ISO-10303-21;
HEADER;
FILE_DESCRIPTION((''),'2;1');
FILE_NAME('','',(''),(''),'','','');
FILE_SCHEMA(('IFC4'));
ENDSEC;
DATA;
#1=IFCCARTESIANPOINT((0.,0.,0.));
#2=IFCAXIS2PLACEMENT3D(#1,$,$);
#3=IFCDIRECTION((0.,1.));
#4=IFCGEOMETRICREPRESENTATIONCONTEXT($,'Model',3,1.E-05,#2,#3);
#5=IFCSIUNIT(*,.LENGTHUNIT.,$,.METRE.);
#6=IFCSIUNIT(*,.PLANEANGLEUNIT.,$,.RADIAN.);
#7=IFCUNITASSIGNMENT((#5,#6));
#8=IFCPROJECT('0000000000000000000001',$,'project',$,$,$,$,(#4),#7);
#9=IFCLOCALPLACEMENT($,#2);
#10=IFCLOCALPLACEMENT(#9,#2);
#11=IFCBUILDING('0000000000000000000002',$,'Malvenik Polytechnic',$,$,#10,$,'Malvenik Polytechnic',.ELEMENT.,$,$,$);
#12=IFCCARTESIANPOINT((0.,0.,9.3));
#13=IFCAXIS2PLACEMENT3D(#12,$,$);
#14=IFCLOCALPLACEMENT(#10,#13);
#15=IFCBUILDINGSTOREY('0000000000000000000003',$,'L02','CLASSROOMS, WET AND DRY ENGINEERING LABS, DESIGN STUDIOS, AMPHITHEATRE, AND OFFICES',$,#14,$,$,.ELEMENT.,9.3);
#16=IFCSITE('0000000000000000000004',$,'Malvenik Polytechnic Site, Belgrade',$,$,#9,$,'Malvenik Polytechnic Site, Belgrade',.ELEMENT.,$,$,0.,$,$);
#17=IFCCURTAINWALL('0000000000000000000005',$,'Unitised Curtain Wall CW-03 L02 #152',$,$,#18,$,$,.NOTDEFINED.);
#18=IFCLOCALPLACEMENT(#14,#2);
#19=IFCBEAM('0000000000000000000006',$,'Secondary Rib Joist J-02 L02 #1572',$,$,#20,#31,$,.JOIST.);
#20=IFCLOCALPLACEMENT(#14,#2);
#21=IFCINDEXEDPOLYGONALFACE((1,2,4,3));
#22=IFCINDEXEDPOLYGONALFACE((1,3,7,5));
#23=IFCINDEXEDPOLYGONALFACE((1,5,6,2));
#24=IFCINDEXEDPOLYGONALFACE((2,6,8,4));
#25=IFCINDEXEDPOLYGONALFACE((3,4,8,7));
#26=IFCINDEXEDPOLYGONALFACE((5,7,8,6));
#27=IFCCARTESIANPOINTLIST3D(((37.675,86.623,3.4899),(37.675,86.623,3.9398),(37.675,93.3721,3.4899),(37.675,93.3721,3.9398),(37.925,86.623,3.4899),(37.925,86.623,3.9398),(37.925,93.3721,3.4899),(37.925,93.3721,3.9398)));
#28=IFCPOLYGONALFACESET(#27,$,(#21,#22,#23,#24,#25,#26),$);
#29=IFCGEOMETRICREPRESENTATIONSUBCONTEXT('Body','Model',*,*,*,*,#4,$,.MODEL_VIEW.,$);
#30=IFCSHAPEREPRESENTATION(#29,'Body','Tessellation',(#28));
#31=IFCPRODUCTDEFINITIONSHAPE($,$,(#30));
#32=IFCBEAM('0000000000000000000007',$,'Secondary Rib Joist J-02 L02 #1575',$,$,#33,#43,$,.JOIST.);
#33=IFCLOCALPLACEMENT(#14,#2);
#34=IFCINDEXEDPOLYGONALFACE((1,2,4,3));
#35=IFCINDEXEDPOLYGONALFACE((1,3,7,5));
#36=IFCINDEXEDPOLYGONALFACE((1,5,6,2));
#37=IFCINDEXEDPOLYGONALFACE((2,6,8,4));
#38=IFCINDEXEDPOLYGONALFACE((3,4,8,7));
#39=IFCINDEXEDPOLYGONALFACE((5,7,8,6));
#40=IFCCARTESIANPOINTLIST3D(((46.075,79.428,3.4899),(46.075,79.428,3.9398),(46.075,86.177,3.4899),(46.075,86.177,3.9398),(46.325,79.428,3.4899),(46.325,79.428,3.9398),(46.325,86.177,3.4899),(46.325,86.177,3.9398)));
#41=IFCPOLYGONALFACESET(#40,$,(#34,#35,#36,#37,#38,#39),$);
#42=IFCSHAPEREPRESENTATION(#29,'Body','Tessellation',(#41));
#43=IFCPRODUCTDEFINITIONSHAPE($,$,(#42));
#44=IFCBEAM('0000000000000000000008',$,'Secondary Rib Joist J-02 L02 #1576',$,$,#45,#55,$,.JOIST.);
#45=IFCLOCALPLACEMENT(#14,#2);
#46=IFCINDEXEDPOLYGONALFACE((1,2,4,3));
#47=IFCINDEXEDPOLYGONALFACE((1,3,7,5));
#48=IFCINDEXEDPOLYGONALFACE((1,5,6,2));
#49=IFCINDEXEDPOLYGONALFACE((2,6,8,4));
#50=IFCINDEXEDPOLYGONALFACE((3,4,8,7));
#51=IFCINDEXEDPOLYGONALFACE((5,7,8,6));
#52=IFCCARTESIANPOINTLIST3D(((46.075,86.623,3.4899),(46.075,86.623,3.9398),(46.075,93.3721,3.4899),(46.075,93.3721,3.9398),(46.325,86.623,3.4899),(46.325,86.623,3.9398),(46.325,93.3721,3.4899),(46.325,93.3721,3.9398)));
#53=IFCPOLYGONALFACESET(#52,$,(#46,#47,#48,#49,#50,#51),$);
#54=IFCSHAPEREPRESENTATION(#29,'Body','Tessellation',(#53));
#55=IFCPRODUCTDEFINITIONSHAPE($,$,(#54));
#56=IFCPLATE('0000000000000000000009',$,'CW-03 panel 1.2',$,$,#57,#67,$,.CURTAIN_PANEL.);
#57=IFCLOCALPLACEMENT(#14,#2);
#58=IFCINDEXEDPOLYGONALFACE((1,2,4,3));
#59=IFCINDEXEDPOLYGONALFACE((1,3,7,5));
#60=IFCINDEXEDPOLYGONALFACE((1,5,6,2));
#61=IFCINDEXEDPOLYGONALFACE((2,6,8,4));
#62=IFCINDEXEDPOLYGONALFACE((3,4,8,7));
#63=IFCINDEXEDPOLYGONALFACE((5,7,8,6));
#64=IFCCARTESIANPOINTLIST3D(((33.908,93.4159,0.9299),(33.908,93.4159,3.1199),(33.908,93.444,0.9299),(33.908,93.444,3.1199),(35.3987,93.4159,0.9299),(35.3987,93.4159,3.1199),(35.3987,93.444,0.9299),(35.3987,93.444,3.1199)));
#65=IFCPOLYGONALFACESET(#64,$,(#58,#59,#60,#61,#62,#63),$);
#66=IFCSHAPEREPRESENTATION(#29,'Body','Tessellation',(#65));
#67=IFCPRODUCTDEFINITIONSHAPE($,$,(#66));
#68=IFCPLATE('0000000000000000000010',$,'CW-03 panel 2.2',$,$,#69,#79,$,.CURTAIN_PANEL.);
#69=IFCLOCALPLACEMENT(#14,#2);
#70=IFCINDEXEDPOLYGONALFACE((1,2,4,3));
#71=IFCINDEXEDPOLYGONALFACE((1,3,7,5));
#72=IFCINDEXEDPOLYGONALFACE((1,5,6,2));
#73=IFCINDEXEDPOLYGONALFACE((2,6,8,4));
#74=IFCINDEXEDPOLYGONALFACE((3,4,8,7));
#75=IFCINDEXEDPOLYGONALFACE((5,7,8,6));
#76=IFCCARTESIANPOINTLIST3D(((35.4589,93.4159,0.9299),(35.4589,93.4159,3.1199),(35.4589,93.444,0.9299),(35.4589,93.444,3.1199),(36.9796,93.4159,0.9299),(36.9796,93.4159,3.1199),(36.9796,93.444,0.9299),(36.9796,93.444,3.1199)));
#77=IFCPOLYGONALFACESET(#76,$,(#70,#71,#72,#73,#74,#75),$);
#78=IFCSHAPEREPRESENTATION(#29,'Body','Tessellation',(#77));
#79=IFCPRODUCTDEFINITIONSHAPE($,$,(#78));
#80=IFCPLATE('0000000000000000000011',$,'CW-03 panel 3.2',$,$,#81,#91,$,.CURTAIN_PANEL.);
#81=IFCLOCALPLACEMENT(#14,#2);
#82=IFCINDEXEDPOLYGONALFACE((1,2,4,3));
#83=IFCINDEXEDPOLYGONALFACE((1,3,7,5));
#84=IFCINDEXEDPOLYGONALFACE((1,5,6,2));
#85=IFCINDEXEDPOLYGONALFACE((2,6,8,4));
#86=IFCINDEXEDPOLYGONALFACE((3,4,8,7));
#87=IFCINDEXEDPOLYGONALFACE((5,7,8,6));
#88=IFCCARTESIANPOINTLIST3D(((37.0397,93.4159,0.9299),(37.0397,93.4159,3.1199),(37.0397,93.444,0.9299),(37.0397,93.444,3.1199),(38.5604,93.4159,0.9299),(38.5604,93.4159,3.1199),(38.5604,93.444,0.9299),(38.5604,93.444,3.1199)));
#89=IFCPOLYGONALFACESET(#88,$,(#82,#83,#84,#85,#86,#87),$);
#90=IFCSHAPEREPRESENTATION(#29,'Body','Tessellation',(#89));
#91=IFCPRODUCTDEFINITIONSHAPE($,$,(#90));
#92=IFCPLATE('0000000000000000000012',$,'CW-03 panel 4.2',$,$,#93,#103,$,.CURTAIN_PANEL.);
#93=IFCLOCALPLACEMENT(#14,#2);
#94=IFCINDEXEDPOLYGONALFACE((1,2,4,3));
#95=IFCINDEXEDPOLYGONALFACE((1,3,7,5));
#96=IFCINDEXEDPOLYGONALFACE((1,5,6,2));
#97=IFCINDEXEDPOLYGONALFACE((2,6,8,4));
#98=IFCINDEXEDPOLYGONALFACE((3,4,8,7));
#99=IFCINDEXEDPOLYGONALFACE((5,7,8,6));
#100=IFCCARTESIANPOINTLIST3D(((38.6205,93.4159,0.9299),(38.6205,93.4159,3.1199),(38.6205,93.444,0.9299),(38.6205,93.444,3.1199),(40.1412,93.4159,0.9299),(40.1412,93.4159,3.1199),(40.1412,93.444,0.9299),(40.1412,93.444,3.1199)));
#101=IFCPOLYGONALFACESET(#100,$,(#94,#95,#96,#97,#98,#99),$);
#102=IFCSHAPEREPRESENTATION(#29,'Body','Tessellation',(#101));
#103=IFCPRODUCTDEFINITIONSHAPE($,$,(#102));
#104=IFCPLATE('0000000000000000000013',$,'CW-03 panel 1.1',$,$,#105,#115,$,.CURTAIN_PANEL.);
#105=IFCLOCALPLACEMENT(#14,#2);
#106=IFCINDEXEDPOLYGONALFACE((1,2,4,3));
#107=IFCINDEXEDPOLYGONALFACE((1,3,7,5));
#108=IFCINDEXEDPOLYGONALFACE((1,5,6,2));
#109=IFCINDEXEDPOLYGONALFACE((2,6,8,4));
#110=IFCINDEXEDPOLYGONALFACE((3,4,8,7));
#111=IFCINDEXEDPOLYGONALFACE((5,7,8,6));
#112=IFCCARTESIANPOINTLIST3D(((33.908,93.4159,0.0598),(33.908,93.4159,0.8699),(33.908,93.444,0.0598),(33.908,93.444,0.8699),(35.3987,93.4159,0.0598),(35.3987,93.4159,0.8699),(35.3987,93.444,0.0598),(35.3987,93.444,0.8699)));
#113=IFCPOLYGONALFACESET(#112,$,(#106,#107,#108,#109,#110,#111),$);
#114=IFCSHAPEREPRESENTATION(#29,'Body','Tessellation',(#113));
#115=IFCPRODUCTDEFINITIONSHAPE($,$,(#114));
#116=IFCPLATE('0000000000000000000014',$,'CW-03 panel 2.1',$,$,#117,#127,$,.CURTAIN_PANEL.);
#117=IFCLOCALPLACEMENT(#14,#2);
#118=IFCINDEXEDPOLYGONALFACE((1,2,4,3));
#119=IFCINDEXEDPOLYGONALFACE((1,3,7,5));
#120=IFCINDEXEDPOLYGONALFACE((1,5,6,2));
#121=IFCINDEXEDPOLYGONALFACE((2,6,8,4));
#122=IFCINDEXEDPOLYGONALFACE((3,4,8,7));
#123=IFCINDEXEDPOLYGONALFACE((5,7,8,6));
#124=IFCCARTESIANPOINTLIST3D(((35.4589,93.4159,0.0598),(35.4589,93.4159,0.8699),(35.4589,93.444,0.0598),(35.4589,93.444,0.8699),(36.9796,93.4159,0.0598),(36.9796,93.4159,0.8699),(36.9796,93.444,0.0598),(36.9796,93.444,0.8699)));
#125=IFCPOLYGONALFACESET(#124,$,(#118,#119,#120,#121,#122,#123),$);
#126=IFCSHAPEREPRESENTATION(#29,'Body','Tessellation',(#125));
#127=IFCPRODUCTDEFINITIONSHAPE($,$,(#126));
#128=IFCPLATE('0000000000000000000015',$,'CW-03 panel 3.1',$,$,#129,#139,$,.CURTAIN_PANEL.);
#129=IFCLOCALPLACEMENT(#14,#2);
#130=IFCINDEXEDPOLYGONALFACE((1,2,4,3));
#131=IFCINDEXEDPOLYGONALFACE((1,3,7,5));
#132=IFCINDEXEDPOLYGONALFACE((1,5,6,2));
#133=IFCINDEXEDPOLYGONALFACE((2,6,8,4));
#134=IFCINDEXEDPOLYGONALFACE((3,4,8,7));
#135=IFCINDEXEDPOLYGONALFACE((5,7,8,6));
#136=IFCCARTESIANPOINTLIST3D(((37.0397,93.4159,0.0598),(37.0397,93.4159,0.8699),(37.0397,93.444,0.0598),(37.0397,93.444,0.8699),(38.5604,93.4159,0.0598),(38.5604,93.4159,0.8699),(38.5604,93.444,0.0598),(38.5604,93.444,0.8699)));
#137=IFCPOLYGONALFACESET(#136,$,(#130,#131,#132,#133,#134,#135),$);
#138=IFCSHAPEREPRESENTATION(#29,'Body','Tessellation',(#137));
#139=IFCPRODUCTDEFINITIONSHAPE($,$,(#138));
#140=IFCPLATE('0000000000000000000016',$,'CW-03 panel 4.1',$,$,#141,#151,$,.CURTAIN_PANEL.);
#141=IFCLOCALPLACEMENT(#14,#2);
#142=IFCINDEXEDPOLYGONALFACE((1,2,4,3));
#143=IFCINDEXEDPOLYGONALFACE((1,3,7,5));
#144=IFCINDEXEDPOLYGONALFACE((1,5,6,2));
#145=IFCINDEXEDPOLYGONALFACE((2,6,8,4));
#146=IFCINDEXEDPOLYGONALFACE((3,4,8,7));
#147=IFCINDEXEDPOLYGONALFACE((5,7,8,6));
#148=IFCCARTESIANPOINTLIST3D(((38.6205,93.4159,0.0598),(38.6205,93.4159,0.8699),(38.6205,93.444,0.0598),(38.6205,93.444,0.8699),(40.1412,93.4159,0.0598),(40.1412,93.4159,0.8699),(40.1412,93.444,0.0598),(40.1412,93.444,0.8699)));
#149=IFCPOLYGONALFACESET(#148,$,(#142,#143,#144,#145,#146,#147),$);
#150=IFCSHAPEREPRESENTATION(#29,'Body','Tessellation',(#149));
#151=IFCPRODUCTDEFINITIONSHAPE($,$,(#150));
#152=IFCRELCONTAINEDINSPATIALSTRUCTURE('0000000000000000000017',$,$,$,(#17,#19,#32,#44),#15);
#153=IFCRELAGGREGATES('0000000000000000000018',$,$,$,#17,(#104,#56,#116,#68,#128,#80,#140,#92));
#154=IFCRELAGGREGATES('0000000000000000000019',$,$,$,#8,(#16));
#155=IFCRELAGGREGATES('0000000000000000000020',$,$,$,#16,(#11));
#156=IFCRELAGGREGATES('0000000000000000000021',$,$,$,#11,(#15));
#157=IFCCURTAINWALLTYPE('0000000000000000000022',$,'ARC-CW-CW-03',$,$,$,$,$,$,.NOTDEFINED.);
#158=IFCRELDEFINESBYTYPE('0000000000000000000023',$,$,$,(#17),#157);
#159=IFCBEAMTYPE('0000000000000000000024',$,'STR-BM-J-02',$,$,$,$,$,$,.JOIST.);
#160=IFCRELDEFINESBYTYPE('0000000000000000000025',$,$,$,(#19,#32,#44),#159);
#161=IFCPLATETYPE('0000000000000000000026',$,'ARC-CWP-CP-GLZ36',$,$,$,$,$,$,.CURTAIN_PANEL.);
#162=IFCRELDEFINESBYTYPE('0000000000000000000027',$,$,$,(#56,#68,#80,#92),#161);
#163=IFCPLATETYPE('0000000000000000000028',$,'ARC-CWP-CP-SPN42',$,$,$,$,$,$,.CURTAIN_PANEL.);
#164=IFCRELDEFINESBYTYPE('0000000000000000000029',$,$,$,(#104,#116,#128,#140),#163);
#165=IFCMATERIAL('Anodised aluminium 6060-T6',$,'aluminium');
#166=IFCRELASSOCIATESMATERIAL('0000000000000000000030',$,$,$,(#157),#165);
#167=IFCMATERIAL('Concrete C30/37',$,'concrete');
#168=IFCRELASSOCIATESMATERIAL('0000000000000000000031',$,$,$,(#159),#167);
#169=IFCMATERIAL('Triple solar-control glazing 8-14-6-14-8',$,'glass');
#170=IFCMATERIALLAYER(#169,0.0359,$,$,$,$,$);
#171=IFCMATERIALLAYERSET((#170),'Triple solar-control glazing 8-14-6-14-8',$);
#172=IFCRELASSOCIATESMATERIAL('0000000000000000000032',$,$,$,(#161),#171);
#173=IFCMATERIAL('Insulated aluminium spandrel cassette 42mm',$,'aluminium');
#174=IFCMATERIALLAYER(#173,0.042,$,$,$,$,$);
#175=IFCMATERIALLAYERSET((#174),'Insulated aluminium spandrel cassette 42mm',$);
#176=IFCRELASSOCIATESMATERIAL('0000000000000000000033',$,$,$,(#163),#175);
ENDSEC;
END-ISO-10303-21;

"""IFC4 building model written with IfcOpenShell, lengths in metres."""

from ifc_helpers import new_model, si_unit, direction, frame, origin, origin_2d, place, context, subcontext, project, spatial, rectangle, extrude, material, layer, layer_set, material_profile, profile_set, type_object, element, aggregate, save


model = new_model("IFC4")

# Units and contexts
model_context = context("Model", 3, precision=1e-05, world=origin(), true_north=direction((0.0, 1.0)))
body_context = subcontext(model_context, "Body", "Model", "MODEL_VIEW")
ifc_project = project(units=[si_unit("LENGTHUNIT", "METRE"), si_unit("PLANEANGLEUNIT", "RADIAN")], contexts=[model_context])

# Site, building, storey
site_placement = place(None, origin())
site = spatial("IfcSite", under=ifc_project, at=site_placement, Name="Malvenik Polytechnic Site, Belgrade", LongName="Malvenik Polytechnic Site, Belgrade", CompositionType="ELEMENT", RefElevation=0.0)
building_placement = place(site_placement, origin())
building = spatial("IfcBuilding", under=site, at=building_placement, Name="Malvenik Polytechnic", LongName="Malvenik Polytechnic", CompositionType="ELEMENT")
storey_placement = place(building_placement, frame((0.0, 0.0, 9.3)))
storey = spatial("IfcBuildingStorey", under=building, at=storey_placement, Name="L02", Description="CLASSROOMS, WET AND DRY ENGINEERING LABS, DESIGN STUDIOS, AMPHITHEATRE, AND OFFICES", CompositionType="ELEMENT", Elevation=9.3)

# Curtain wall
ifc_material_1 = material(Name="Anodised aluminium 6060-T6", Category="aluminium")
curtain_wall_type = type_object("IfcCurtainWallType", Name="ARC-CW-CW-03", PredefinedType="NOTDEFINED", material=ifc_material_1)
curtain_wall_1_placement = place(storey_placement, origin())
curtain_wall_1 = element("IfcCurtainWall", 1, at=curtain_wall_1_placement, inside=storey, type_object=curtain_wall_type, Name="Unitised Curtain Wall CW-03 L02 #152", PredefinedType="NOTDEFINED")

# Beams
ifc_material_2 = material(Name="Concrete C30/37", Category="concrete")
ifc_material_profile_1 = material_profile(ifc_material_2, rectangle(XDim=0.25, YDim=0.45, at=origin_2d()), Name="RC JST 250x450")
ifc_profile_set_1 = profile_set([ifc_material_profile_1], Name="Concrete C30/37")
beam_type_1 = type_object("IfcBeamType", Name="STR-BM-J-02", PredefinedType="JOIST", material=ifc_profile_set_1)
for number, where, z_axis, x_axis, name in (
    (2, (37.8, 86.623, 3.7148), (0.0, 1.0, 0.0), (-1.0, 0.0, 0.0), "Secondary Rib Joist J-02 L02 #1572"),
    (3, (46.2, 79.428, 3.7148), (0.0, 1.0, 0.0), (-1.0, 0.0, 0.0), "Secondary Rib Joist J-02 L02 #1575"),
    (4, (46.2, 86.623, 3.7148), (0.0, 1.0, 0.0), (-1.0, 0.0, 0.0), "Secondary Rib Joist J-02 L02 #1576"),
):
    element("IfcBeam", number, at=place(storey_placement, frame(where, z_axis=z_axis, x_axis=x_axis)), inside=storey, type_object=beam_type_1, Name=name, PredefinedType="JOIST", context=body_context, shape_type="SweptSolid", body=[
        extrude(rectangle(XDim=0.25, YDim=0.45, at=origin_2d()), origin(), (0.0, 0.0, 1.0), 6.749),
    ])

# Plates
ifc_material_3 = material(Name="Triple solar-control glazing 8-14-6-14-8", Category="glass")
ifc_layer_1 = layer(ifc_material_3, 0.0359)
ifc_layer_set_1 = layer_set([ifc_layer_1], Name="Triple solar-control glazing 8-14-6-14-8")
plate_type_1 = type_object("IfcPlateType", Name="ARC-CWP-CP-GLZ36", PredefinedType="CURTAIN_PANEL", material=ifc_layer_set_1)
plate_1_placement = place(storey_placement, frame((34.6533, 93.4299, 0.9299), z_axis=(0.0, 0.0, 1.0), x_axis=(1.0, 0.0, 0.0)))
plate_1 = element("IfcPlate", 5, at=plate_1_placement, type_object=plate_type_1, Name="CW-03 panel 1.2", PredefinedType="CURTAIN_PANEL", context=body_context, shape_type="SweptSolid", body=[
    extrude(rectangle(XDim=1.4907, YDim=0.0281, at=origin_2d()), origin(), (0.0, 0.0, 1.0), 2.1899),
])
plate_2_placement = place(storey_placement, frame((36.2192, 93.4299, 0.9299), z_axis=(0.0, 0.0, 1.0), x_axis=(1.0, 0.0, 0.0)))
plate_2 = element("IfcPlate", 6, at=plate_2_placement, type_object=plate_type_1, Name="CW-03 panel 2.2", PredefinedType="CURTAIN_PANEL", context=body_context, shape_type="SweptSolid", body=[
    extrude(rectangle(XDim=1.5208, YDim=0.0281, at=origin_2d()), origin(), (0.0, 0.0, 1.0), 2.1899),
])
plate_3_placement = place(storey_placement, frame((37.8, 93.4299, 0.9299), z_axis=(0.0, 0.0, 1.0), x_axis=(1.0, 0.0, 0.0)))
plate_3 = element("IfcPlate", 7, at=plate_3_placement, type_object=plate_type_1, Name="CW-03 panel 3.2", PredefinedType="CURTAIN_PANEL", context=body_context, shape_type="SweptSolid", body=[
    extrude(rectangle(XDim=1.5208, YDim=0.0281, at=origin_2d()), origin(), (0.0, 0.0, 1.0), 2.1899),
])
plate_4_placement = place(storey_placement, frame((39.3809, 93.4299, 0.9299), z_axis=(0.0, 0.0, 1.0), x_axis=(1.0, 0.0, 0.0)))
plate_4 = element("IfcPlate", 8, at=plate_4_placement, type_object=plate_type_1, Name="CW-03 panel 4.2", PredefinedType="CURTAIN_PANEL", context=body_context, shape_type="SweptSolid", body=[
    extrude(rectangle(XDim=1.5208, YDim=0.0281, at=origin_2d()), origin(), (0.0, 0.0, 1.0), 2.1899),
])
ifc_material_4 = material(Name="Insulated aluminium spandrel cassette 42mm", Category="aluminium")
ifc_layer_2 = layer(ifc_material_4, 0.042)
ifc_layer_set_2 = layer_set([ifc_layer_2], Name="Insulated aluminium spandrel cassette 42mm")
plate_type_2 = type_object("IfcPlateType", Name="ARC-CWP-CP-SPN42", PredefinedType="CURTAIN_PANEL", material=ifc_layer_set_2)
plate_5_placement = place(storey_placement, frame((34.6533, 93.4299, 0.0598), z_axis=(0.0, 0.0, 1.0), x_axis=(1.0, 0.0, 0.0)))
plate_5 = element("IfcPlate", 9, at=plate_5_placement, type_object=plate_type_2, Name="CW-03 panel 1.1", PredefinedType="CURTAIN_PANEL", context=body_context, shape_type="SweptSolid", body=[
    extrude(rectangle(XDim=1.4907, YDim=0.0281, at=origin_2d()), origin(), (0.0, 0.0, 1.0), 0.8101),
])
plate_6_placement = place(storey_placement, frame((36.2192, 93.4299, 0.0598), z_axis=(0.0, 0.0, 1.0), x_axis=(1.0, 0.0, 0.0)))
plate_6 = element("IfcPlate", 10, at=plate_6_placement, type_object=plate_type_2, Name="CW-03 panel 2.1", PredefinedType="CURTAIN_PANEL", context=body_context, shape_type="SweptSolid", body=[
    extrude(rectangle(XDim=1.5208, YDim=0.0281, at=origin_2d()), origin(), (0.0, 0.0, 1.0), 0.8101),
])
plate_7_placement = place(storey_placement, frame((37.8, 93.4299, 0.0598), z_axis=(0.0, 0.0, 1.0), x_axis=(1.0, 0.0, 0.0)))
plate_7 = element("IfcPlate", 11, at=plate_7_placement, type_object=plate_type_2, Name="CW-03 panel 3.1", PredefinedType="CURTAIN_PANEL", context=body_context, shape_type="SweptSolid", body=[
    extrude(rectangle(XDim=1.5208, YDim=0.0281, at=origin_2d()), origin(), (0.0, 0.0, 1.0), 0.8101),
])
plate_8_placement = place(storey_placement, frame((39.3809, 93.4299, 0.0598), z_axis=(0.0, 0.0, 1.0), x_axis=(1.0, 0.0, 0.0)))
plate_8 = element("IfcPlate", 12, at=plate_8_placement, type_object=plate_type_2, Name="CW-03 panel 4.1", PredefinedType="CURTAIN_PANEL", context=body_context, shape_type="SweptSolid", body=[
    extrude(rectangle(XDim=1.5208, YDim=0.0281, at=origin_2d()), origin(), (0.0, 0.0, 1.0), 0.8101),
])
aggregate(curtain_wall_1, [plate_5, plate_1, plate_6, plate_2, plate_7, plate_3, plate_8, plate_4])

save(model, "model.ifc")
